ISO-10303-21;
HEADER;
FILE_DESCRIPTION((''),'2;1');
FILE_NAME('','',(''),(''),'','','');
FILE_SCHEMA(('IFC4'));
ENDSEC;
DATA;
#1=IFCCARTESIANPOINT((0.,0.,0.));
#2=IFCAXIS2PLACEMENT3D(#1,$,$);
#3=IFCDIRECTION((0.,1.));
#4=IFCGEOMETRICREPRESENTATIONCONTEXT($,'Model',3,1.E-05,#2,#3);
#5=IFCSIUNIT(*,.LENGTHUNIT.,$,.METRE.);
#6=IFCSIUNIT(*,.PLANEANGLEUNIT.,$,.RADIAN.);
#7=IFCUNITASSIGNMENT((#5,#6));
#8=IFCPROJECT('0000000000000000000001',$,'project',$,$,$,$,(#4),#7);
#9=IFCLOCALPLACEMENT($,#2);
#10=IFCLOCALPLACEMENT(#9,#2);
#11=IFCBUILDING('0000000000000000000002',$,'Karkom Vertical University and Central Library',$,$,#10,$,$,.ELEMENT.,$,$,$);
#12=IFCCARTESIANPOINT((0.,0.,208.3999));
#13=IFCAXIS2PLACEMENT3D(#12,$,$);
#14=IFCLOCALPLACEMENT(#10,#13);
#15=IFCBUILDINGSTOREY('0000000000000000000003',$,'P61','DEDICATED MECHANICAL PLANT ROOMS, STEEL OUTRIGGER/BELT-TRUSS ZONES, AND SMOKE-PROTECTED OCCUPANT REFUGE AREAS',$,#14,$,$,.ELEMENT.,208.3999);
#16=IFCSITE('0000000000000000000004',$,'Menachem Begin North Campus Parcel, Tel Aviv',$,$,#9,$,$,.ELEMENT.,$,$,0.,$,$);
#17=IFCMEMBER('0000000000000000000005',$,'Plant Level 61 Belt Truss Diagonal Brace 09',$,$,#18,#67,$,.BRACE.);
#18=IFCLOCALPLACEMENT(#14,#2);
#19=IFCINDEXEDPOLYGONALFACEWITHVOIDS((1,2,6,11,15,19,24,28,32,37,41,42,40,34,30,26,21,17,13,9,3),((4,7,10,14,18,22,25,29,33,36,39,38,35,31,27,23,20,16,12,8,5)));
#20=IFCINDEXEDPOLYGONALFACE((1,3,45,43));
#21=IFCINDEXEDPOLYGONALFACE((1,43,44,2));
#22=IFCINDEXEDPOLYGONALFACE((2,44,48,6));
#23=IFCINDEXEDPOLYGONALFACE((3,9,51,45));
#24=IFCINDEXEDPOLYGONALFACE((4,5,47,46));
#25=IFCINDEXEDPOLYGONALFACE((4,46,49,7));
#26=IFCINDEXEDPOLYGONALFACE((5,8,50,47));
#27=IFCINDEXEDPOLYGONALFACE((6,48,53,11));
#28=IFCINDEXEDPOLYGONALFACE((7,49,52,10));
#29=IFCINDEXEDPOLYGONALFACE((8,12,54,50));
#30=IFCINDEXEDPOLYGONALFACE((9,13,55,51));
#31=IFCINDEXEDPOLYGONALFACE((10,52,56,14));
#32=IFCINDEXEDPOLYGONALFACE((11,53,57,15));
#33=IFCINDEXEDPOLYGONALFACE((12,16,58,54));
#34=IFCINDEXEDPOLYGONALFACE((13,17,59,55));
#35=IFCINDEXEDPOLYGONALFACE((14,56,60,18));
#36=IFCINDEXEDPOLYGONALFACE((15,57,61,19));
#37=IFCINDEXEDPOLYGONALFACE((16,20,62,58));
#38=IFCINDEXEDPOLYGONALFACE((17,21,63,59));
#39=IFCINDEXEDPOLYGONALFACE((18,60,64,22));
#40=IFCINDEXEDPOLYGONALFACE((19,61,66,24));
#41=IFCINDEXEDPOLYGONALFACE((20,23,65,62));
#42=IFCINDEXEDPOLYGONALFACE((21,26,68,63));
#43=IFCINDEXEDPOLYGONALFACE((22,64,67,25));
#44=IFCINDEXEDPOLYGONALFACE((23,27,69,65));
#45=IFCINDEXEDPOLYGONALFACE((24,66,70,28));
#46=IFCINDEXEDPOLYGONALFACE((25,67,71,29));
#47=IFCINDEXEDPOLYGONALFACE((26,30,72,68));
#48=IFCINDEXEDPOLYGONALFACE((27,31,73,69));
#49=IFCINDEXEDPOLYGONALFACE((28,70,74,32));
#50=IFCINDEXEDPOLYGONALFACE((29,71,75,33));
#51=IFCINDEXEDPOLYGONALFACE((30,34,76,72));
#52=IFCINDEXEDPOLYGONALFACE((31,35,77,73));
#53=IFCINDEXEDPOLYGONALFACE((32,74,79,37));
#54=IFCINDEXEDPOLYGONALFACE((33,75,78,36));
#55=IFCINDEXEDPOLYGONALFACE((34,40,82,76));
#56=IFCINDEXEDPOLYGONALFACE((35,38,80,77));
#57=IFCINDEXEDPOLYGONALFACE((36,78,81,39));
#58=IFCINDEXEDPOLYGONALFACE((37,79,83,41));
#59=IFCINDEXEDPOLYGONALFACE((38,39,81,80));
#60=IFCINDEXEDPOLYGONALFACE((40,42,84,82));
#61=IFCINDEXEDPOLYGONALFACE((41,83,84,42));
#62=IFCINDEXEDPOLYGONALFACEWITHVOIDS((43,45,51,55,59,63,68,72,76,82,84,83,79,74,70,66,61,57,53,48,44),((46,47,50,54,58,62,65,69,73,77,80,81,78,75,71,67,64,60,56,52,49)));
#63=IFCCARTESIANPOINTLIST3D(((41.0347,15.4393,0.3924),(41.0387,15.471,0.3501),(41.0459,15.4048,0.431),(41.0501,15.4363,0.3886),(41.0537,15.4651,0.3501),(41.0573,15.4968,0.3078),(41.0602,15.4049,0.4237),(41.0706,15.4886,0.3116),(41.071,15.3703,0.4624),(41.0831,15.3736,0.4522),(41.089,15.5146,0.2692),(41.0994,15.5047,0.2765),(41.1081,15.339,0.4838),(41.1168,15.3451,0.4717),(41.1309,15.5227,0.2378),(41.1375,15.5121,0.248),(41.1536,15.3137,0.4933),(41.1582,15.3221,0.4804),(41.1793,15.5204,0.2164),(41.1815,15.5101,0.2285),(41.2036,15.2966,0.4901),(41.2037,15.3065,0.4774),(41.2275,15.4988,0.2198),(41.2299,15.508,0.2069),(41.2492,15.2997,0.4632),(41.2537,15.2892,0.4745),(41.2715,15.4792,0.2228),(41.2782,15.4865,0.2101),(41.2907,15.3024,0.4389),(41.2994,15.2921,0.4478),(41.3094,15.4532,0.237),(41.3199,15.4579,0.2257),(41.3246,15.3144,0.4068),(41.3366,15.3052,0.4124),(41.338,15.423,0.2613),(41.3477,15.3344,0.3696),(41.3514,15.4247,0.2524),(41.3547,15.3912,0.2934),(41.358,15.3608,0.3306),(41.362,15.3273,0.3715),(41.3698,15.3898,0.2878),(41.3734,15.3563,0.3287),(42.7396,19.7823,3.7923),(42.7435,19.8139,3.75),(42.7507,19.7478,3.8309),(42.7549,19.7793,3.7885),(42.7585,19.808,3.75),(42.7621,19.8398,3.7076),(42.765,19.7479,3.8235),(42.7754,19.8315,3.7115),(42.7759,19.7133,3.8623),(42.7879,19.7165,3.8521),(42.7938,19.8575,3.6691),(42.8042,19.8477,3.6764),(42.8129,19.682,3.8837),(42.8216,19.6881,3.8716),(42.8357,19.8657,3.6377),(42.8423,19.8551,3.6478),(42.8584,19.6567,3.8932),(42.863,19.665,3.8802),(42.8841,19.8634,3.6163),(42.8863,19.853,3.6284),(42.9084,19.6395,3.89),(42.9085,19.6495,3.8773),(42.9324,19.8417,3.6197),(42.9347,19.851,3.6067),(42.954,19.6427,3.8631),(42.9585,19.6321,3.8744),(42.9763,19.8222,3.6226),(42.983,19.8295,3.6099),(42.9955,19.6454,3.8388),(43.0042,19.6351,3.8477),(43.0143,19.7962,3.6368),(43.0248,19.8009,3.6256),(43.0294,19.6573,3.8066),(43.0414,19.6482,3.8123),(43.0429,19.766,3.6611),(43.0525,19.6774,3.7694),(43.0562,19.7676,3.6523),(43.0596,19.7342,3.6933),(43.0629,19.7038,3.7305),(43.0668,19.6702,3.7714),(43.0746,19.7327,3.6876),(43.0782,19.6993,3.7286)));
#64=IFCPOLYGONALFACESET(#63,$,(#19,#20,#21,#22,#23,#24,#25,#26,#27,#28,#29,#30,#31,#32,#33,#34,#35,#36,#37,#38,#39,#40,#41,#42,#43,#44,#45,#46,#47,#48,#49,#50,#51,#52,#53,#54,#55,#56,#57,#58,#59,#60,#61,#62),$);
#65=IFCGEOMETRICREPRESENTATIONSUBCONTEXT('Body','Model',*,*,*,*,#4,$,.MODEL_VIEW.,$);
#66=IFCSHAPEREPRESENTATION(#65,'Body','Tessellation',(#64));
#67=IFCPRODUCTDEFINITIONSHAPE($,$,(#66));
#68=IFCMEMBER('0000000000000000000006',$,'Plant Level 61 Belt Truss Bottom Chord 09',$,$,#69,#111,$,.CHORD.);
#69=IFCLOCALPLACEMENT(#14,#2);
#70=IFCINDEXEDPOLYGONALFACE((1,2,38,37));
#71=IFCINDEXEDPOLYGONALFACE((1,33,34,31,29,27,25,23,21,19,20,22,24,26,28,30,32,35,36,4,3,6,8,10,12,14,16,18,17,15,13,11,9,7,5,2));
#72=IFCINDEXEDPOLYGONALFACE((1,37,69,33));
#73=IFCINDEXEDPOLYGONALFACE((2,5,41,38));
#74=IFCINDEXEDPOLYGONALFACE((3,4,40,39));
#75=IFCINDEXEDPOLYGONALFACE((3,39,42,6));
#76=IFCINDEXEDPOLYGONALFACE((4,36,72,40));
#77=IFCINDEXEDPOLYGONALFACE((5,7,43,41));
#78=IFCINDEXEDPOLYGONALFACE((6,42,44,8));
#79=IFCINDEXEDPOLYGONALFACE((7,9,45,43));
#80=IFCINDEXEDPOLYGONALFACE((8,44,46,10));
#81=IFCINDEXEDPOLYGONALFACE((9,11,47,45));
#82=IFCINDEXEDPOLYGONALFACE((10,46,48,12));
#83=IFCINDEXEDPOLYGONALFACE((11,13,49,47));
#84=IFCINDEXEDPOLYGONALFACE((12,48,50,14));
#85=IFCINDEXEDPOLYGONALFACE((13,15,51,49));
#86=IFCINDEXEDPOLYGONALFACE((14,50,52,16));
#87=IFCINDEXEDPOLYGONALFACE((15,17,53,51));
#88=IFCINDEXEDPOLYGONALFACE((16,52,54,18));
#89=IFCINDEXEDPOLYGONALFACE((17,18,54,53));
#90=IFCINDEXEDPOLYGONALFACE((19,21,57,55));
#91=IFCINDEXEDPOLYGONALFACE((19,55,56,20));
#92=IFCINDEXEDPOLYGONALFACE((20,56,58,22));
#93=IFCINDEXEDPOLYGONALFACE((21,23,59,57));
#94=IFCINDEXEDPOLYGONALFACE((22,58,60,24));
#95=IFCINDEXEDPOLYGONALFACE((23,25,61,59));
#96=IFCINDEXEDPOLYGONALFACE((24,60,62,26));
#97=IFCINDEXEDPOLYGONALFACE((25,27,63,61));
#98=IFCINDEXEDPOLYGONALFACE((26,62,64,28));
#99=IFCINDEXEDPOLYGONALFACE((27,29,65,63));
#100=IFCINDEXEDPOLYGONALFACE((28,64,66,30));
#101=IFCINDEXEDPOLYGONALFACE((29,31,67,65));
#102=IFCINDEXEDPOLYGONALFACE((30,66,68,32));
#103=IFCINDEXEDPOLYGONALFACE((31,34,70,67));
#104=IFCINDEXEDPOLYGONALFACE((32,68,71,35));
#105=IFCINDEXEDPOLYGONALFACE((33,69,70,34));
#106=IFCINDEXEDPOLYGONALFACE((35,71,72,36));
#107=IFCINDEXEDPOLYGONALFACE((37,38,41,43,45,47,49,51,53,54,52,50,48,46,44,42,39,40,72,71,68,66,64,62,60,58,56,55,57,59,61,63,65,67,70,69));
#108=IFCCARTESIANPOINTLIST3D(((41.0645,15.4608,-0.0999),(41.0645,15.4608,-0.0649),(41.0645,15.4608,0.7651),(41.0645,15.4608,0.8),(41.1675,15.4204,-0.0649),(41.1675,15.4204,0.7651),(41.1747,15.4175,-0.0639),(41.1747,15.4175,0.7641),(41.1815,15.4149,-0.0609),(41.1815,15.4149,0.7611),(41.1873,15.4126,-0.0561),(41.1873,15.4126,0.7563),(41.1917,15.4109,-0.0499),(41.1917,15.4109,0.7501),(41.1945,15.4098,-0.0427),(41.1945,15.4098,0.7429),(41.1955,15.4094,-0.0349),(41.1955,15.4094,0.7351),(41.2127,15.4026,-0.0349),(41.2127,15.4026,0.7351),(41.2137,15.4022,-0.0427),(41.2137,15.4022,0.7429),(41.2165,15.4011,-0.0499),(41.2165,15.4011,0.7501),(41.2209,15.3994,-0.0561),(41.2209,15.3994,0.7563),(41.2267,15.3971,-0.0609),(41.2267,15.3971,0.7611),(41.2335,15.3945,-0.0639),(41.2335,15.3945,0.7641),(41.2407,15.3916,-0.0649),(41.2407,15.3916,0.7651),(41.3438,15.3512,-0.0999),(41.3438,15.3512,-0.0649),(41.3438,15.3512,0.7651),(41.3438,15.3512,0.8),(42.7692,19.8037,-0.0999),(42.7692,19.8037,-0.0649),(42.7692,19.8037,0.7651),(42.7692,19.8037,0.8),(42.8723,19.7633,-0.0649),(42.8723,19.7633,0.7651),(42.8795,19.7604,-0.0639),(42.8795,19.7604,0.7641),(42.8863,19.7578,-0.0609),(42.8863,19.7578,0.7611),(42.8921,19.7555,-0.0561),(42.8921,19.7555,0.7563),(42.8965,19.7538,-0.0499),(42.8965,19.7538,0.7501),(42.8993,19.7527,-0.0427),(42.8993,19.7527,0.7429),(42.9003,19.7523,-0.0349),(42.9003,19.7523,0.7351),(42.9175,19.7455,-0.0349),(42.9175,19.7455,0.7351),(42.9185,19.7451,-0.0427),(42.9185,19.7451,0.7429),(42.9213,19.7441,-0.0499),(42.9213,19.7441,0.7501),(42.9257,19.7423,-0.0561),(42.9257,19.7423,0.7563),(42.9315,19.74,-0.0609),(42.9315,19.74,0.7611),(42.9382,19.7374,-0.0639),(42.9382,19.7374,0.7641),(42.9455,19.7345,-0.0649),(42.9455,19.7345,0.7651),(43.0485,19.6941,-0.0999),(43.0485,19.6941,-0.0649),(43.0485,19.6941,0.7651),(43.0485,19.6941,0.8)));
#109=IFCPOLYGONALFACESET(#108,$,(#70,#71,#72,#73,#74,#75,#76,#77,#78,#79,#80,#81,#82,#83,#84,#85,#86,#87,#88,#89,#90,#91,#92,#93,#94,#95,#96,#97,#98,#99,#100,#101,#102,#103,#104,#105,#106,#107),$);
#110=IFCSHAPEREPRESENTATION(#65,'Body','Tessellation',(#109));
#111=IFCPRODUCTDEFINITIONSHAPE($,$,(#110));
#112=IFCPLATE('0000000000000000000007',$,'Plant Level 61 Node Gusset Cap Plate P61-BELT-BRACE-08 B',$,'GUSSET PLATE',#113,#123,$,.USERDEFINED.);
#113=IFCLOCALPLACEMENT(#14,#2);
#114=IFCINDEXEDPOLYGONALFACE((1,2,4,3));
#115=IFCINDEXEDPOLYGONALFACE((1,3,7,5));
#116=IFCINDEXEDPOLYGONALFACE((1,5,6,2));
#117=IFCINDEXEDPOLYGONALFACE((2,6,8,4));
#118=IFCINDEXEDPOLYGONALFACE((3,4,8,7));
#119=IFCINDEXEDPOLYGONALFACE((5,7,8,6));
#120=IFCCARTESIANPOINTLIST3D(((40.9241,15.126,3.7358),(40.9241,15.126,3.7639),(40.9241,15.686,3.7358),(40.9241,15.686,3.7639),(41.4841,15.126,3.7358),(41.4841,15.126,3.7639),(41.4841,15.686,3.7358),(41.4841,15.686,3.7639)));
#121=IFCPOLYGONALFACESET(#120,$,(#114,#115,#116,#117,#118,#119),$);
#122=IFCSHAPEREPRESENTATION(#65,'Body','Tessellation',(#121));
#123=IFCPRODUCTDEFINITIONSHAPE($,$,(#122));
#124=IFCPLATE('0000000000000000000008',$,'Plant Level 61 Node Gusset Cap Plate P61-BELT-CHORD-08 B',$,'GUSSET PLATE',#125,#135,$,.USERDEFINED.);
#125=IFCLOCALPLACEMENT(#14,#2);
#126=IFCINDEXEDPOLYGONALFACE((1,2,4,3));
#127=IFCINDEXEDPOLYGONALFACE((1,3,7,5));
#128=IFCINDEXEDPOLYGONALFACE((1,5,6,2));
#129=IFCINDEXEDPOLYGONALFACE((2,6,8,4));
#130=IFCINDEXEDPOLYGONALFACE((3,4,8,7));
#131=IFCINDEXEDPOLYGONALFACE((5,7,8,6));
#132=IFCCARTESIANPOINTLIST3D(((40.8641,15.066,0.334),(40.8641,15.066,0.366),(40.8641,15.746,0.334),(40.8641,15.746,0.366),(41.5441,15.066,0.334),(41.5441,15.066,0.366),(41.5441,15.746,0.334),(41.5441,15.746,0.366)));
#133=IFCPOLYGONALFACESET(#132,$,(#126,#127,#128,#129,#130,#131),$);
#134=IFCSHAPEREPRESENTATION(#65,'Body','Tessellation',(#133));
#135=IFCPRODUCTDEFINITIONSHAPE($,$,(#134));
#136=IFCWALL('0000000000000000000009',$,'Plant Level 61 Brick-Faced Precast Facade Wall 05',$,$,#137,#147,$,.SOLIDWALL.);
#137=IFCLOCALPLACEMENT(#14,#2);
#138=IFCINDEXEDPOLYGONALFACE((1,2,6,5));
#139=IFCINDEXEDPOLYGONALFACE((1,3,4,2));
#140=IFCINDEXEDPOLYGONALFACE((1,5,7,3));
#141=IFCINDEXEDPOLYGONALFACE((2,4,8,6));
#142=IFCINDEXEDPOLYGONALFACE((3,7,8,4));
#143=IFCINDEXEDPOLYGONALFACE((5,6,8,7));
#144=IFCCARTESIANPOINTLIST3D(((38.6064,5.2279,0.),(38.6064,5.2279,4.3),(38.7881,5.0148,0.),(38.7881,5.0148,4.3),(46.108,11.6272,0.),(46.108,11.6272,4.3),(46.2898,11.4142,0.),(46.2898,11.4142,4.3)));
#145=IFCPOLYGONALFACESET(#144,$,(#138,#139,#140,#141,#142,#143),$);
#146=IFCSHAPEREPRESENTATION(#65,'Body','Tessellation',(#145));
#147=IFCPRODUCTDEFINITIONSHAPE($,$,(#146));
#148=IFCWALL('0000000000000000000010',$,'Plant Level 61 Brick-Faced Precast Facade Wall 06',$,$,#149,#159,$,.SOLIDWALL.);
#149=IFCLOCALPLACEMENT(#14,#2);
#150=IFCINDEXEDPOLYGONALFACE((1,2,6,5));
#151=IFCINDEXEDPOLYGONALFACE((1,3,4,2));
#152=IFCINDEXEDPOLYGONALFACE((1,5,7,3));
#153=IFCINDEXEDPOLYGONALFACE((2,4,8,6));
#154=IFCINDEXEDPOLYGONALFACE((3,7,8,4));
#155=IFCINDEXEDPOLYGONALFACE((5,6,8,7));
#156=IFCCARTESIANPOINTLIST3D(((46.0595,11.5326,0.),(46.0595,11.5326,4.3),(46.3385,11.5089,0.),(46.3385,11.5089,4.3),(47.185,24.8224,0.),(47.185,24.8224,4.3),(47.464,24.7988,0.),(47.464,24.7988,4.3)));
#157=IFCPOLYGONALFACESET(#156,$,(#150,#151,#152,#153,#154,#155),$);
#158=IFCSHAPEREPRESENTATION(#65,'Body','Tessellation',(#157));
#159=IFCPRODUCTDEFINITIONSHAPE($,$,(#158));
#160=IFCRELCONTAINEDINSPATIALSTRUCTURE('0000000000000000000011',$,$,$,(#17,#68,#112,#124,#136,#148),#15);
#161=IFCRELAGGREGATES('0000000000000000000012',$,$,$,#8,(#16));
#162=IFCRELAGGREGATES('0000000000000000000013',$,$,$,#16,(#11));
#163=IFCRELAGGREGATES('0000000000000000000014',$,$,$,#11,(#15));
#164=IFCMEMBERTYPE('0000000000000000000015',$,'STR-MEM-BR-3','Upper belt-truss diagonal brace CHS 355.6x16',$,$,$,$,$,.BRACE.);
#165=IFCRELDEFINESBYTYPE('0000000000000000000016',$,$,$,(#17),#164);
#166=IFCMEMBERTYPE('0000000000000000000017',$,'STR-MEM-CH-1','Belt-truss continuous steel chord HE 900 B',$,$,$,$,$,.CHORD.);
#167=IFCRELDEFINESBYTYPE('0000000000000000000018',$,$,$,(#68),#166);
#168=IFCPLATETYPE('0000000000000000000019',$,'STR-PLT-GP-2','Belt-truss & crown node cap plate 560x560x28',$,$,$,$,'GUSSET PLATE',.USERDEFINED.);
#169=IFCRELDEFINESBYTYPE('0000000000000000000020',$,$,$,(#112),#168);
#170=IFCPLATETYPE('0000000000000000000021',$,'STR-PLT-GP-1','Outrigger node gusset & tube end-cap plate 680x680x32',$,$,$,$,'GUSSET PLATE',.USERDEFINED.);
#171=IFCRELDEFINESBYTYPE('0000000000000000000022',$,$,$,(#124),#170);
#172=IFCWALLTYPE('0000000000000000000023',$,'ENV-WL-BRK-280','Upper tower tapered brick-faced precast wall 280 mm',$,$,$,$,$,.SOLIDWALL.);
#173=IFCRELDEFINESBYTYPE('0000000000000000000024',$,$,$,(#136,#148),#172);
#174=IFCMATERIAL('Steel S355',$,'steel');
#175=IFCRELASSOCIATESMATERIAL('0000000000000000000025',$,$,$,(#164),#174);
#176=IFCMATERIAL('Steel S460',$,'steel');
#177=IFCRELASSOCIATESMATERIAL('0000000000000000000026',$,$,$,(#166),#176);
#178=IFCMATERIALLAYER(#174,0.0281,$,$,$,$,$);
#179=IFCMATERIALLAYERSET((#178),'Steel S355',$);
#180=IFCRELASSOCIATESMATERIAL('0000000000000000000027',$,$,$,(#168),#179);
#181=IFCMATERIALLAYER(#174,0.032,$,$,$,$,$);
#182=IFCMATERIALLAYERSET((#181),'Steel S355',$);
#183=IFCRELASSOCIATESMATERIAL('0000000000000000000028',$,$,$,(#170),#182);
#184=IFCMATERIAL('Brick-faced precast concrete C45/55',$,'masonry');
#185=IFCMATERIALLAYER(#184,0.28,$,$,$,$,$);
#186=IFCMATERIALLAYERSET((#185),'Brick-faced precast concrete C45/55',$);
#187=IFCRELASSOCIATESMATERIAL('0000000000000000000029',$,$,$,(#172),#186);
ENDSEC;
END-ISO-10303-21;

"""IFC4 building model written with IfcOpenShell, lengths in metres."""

from ifc_helpers import new_model, si_unit, direction, frame, frame_2d, origin, origin_with_axes, origin_2d, place, context, subcontext, project, spatial, rectangle, hollow_circle, i_section, extrude, source, transform, mapped, material, layer, layer_set, material_profile, profile_set, type_object, element, save


model = new_model("IFC4")

# Units and contexts
model_context = context("Model", 3, precision=1e-05, world=origin(), true_north=direction((0.0, 1.0)))
body_context = subcontext(model_context, "Body", "Model", "MODEL_VIEW")
ifc_project = project(units=[si_unit("LENGTHUNIT", "METRE"), si_unit("PLANEANGLEUNIT", "RADIAN")], contexts=[model_context])

# Site, building, storey
site_placement = place(None, origin())
site = spatial("IfcSite", under=ifc_project, at=site_placement, Name="Menachem Begin North Campus Parcel, Tel Aviv", CompositionType="ELEMENT", RefElevation=0.0)
building_placement = place(site_placement, origin())
building = spatial("IfcBuilding", under=site, at=building_placement, Name="Karkom Vertical University and Central Library", CompositionType="ELEMENT")
storey_placement = place(building_placement, frame((0.0, 0.0, 208.3999)))
storey = spatial("IfcBuildingStorey", under=building, at=storey_placement, Name="P61", Description="DEDICATED MECHANICAL PLANT ROOMS, STEEL OUTRIGGER/BELT-TRUSS ZONES, AND SMOKE-PROTECTED OCCUPANT REFUGE AREAS", CompositionType="ELEMENT", Elevation=208.3999)

# Shared definitions
ifc_material_1 = material(Name="Steel S355", Category="steel")
ifc_material_2 = material(Name="Steel S460", Category="steel")

# Members
ifc_material_profile_1 = material_profile(ifc_material_1, hollow_circle(Radius=0.1777, WallThickness=0.0161, at=origin_2d()), Name="CHS 355.6x16")
ifc_profile_set_1 = profile_set([ifc_material_profile_1], Name="Steel S355")
member_type_1 = type_object("IfcMemberType", Name="STR-MEM-BR-3", Description="Upper belt-truss diagonal brace CHS 355.6x16", PredefinedType="BRACE", material=ifc_profile_set_1)
shared_shape_1 = source(origin_with_axes(), body_context, "Body", "SweptSolid", [
    extrude(hollow_circle(Radius=0.1777, WallThickness=0.0161, at=origin_2d()), origin(), (0.0, 0.0, 1.0), 5.7729),
])
member_1_placement = place(storey_placement, frame((41.2041, 15.406, 0.3501), z_axis=(0.295311, 0.752297, 0.588931), x_axis=(-0.93085, 0.365401, 0.0)))
element("IfcMember", 1, at=member_1_placement, inside=storey, type_object=member_type_1, Name="Plant Level 61 Belt Truss Diagonal Brace 09", PredefinedType="BRACE", context=body_context, shape_type="MappedRepresentation", body=[
    mapped(shared_shape_1, transform((0.0, 0.0, 0.0), scale=1.0)),
])
ifc_material_profile_2 = material_profile(ifc_material_2, i_section(OverallWidth=0.3, OverallDepth=0.8999, WebThickness=0.0186, FlangeThickness=0.0349, FilletRadius=0.03, at=origin_2d()), Name="HE 900 B")
ifc_profile_set_2 = profile_set([ifc_material_profile_2], Name="Steel S460")
member_type_2 = type_object("IfcMemberType", Name="STR-MEM-CH-1", Description="Belt-truss continuous steel chord HE 900 B", PredefinedType="CHORD", material=ifc_profile_set_2)
shared_shape_2 = source(origin_with_axes(), body_context, "Body", "SweptSolid", [
    extrude(i_section(OverallWidth=0.3, OverallDepth=0.8999, WebThickness=0.0186, FlangeThickness=0.0349, FilletRadius=0.03, at=origin_2d()), origin(), (0.0, 0.0, 1.0), 4.6655),
])
member_2_placement = place(storey_placement, frame((41.2041, 15.406, 0.3501), z_axis=(0.365401, 0.93085, 0.0), x_axis=(-0.93085, 0.365401, 0.0)))
element("IfcMember", 2, at=member_2_placement, inside=storey, type_object=member_type_2, Name="Plant Level 61 Belt Truss Bottom Chord 09", PredefinedType="CHORD", context=body_context, shape_type="MappedRepresentation", body=[
    mapped(shared_shape_2, transform((0.0, 0.0, 0.0), scale=1.0)),
])

# Plates
ifc_layer_1 = layer(ifc_material_1, 0.0281)
ifc_layer_set_1 = layer_set([ifc_layer_1], Name="Steel S355")
plate_type_1 = type_object("IfcPlateType", Name="STR-PLT-GP-2", Description="Belt-truss & crown node cap plate 560x560x28", ElementType="GUSSET PLATE", PredefinedType="USERDEFINED", material=ifc_layer_set_1)
shared_shape_3 = source(origin_with_axes(), body_context, "Body", "SweptSolid", [
    extrude(rectangle(XDim=0.5601, YDim=0.5601, at=origin_2d()), origin(), (0.0, 0.0, 1.0), 0.0281),
])
plate_1_placement = place(storey_placement, frame((41.2041, 15.406, 3.7358), z_axis=(0.0, 0.0, 1.0), x_axis=(1.0, 0.0, 0.0)))
element("IfcPlate", 3, at=plate_1_placement, inside=storey, type_object=plate_type_1, Name="Plant Level 61 Node Gusset Cap Plate P61-BELT-BRACE-08 B", ObjectType="GUSSET PLATE", PredefinedType="USERDEFINED", context=body_context, shape_type="MappedRepresentation", body=[
    mapped(shared_shape_3, transform((0.0, 0.0, 0.0), scale=1.0)),
])
ifc_layer_2 = layer(ifc_material_1, 0.032)
ifc_layer_set_2 = layer_set([ifc_layer_2], Name="Steel S355")
plate_type_2 = type_object("IfcPlateType", Name="STR-PLT-GP-1", Description="Outrigger node gusset & tube end-cap plate 680x680x32", ElementType="GUSSET PLATE", PredefinedType="USERDEFINED", material=ifc_layer_set_2)
shared_shape_4 = source(origin_with_axes(), body_context, "Body", "SweptSolid", [
    extrude(rectangle(XDim=0.6799, YDim=0.6799, at=origin_2d()), origin(), (0.0, 0.0, 1.0), 0.032),
])
plate_2_placement = place(storey_placement, frame((41.2041, 15.406, 0.334), z_axis=(0.0, 0.0, 1.0), x_axis=(1.0, 0.0, 0.0)))
element("IfcPlate", 4, at=plate_2_placement, inside=storey, type_object=plate_type_2, Name="Plant Level 61 Node Gusset Cap Plate P61-BELT-CHORD-08 B", ObjectType="GUSSET PLATE", PredefinedType="USERDEFINED", context=body_context, shape_type="MappedRepresentation", body=[
    mapped(shared_shape_4, transform((0.0, 0.0, 0.0), scale=1.0)),
])

# Walls
ifc_material_3 = material(Name="Brick-faced precast concrete C45/55", Category="masonry")
ifc_layer_3 = layer(ifc_material_3, 0.28)
ifc_layer_set_3 = layer_set([ifc_layer_3], Name="Brick-faced precast concrete C45/55")
wall_type_1 = type_object("IfcWallType", Name="ENV-WL-BRK-280", Description="Upper tower tapered brick-faced precast wall 280 mm", PredefinedType="SOLIDWALL", material=ifc_layer_set_3)
wall_1_placement = place(storey_placement, frame((38.6973, 5.1213, 0.0), z_axis=(0.0, 0.0, 1.0), x_axis=(0.760789, 0.648999, 0.0)))
element("IfcWall", 5, at=wall_1_placement, inside=storey, type_object=wall_type_1, Name="Plant Level 61 Brick-Faced Precast Facade Wall 05", PredefinedType="SOLIDWALL", context=body_context, shape_type="SweptSolid", body=[
    extrude(rectangle(XDim=9.8604, YDim=0.28, at=frame_2d((4.9302, 0.0))), origin(), (0.0, 0.0, 1.0), 4.3),
])
wall_2_placement = place(storey_placement, frame((46.199, 11.5208, 0.0), z_axis=(0.0, 0.0, 1.0), x_axis=(0.084386, 0.996433, 0.0)))
element("IfcWall", 6, at=wall_2_placement, inside=storey, type_object=wall_type_1, Name="Plant Level 61 Brick-Faced Precast Facade Wall 06", PredefinedType="SOLIDWALL", context=body_context, shape_type="SweptSolid", body=[
    extrude(rectangle(XDim=13.3374, YDim=0.28, at=frame_2d((6.6687, 0.0))), origin(), (0.0, 0.0, 1.0), 4.3),
])

save(model, "model.ifc")
